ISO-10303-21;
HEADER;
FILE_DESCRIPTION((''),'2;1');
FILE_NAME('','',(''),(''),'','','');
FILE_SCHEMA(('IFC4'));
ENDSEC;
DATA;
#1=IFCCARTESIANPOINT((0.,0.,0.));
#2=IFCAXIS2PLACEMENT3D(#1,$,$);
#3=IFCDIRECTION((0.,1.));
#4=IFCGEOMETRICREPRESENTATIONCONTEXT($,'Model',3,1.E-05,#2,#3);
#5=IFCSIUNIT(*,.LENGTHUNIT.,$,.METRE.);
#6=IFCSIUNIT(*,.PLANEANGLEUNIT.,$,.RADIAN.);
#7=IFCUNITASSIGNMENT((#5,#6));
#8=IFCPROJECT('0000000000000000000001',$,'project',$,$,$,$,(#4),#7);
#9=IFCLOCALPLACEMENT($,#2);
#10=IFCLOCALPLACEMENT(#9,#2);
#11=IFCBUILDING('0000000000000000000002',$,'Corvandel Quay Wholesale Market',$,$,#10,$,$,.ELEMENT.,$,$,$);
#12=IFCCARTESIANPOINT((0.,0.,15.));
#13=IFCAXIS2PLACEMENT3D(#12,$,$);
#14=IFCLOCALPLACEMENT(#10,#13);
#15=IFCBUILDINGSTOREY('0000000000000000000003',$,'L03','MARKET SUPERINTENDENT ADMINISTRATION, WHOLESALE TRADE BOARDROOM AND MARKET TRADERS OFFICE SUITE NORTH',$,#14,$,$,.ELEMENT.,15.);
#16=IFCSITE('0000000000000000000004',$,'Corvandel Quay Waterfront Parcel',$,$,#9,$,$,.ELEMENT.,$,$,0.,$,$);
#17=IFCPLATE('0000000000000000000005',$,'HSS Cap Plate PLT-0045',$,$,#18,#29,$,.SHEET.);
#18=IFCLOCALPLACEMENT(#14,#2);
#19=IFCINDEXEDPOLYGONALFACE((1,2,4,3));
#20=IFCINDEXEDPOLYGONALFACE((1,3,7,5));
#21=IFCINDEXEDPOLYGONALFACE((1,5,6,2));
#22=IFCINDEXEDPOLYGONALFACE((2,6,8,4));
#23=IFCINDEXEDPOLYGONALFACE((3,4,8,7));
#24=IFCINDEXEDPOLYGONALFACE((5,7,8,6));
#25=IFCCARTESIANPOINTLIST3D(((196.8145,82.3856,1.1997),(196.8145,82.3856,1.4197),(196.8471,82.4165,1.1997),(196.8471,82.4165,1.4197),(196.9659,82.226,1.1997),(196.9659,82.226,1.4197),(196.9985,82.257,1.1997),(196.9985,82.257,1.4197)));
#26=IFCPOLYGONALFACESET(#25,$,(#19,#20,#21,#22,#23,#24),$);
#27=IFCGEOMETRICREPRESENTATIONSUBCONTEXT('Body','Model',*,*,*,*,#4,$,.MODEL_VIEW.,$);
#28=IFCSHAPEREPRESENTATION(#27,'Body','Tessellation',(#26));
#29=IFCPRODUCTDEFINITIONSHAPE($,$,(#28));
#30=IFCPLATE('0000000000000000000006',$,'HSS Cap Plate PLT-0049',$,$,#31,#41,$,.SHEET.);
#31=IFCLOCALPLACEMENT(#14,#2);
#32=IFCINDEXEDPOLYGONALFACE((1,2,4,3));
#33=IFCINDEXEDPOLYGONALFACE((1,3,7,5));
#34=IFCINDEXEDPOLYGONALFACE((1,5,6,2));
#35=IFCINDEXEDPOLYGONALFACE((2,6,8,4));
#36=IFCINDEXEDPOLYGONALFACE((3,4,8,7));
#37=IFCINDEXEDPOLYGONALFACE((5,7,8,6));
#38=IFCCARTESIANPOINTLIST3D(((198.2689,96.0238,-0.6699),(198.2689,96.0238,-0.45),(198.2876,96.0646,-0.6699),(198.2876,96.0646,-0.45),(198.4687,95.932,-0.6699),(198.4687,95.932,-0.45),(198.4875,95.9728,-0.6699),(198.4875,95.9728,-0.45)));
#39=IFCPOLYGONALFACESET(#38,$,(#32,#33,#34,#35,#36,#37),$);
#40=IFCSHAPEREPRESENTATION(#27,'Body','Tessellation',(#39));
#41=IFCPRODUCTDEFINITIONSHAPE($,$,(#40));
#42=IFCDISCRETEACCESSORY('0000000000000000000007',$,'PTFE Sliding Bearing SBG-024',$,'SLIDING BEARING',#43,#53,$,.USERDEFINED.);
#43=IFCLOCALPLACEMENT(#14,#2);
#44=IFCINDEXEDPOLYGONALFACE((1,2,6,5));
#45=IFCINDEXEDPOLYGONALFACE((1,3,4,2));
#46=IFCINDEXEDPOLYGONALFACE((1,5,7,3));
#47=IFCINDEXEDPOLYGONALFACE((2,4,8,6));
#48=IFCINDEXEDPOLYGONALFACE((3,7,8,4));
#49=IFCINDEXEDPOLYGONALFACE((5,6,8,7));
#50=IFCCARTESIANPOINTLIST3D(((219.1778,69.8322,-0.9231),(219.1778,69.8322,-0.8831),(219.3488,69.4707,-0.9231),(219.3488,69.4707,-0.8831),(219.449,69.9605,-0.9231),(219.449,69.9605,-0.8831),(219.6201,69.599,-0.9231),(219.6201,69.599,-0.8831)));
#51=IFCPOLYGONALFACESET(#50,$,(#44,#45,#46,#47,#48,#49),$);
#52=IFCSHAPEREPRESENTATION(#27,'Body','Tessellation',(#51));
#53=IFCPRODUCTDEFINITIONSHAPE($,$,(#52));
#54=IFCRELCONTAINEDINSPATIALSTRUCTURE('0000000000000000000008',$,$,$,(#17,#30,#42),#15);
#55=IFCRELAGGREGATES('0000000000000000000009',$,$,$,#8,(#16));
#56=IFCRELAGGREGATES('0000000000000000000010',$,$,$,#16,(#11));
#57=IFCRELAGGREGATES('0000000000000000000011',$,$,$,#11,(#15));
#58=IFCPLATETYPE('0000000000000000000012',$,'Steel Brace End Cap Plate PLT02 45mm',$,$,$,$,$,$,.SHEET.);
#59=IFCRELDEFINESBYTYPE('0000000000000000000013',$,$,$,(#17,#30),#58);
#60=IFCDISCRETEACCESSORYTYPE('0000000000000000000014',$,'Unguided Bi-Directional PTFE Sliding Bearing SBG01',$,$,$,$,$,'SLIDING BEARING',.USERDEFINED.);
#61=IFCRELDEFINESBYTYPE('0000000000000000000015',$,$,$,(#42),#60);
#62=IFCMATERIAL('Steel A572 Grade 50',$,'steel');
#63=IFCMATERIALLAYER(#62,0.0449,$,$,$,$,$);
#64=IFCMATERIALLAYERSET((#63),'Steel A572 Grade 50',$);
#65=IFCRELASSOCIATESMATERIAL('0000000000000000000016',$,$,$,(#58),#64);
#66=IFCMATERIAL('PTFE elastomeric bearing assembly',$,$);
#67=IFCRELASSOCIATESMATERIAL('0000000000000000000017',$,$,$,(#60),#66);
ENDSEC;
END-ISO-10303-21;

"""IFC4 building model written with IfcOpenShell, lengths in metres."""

from ifc_helpers import new_model, si_unit, direction, frame, origin, origin_2d, place, context, subcontext, project, spatial, rectangle, extrude, material, layer, layer_set, type_object, element, save


model = new_model("IFC4")

# Units and contexts
model_context = context("Model", 3, precision=1e-05, world=origin(), true_north=direction((0.0, 1.0)))
body_context = subcontext(model_context, "Body", "Model", "MODEL_VIEW")
ifc_project = project(units=[si_unit("LENGTHUNIT", "METRE"), si_unit("PLANEANGLEUNIT", "RADIAN")], contexts=[model_context])

# Site, building, storey
site_placement = place(None, origin())
site = spatial("IfcSite", under=ifc_project, at=site_placement, Name="Corvandel Quay Waterfront Parcel", CompositionType="ELEMENT", RefElevation=0.0)
building_placement = place(site_placement, origin())
building = spatial("IfcBuilding", under=site, at=building_placement, Name="Corvandel Quay Wholesale Market", CompositionType="ELEMENT")
storey_placement = place(building_placement, frame((0.0, 0.0, 15.0)))
storey = spatial("IfcBuildingStorey", under=building, at=storey_placement, Name="L03", Description="MARKET SUPERINTENDENT ADMINISTRATION, WHOLESALE TRADE BOARDROOM AND MARKET TRADERS OFFICE SUITE NORTH", CompositionType="ELEMENT", Elevation=15.0)

# Plates
ifc_material_1 = material(Name="Steel A572 Grade 50", Category="steel")
ifc_layer_1 = layer(ifc_material_1, 0.0449)
ifc_layer_set_1 = layer_set([ifc_layer_1], Name="Steel A572 Grade 50")
plate_type = type_object("IfcPlateType", Name="Steel Brace End Cap Plate PLT02 45mm", PredefinedType="SHEET", material=ifc_layer_set_1)
for number, where, z_axis, x_axis, name in (
    (1, (196.9065, 82.3213, 1.1997), (0.0, 0.0, 1.0), (-0.688355, 0.725374, 0.0), "HSS Cap Plate PLT-0045"),
    (2, (198.3782, 95.9983, -0.6699), (0.0, 0.0, 1.0), (-0.908727, 0.417391, 0.0), "HSS Cap Plate PLT-0049"),
):
    element("IfcPlate", number, at=place(storey_placement, frame(where, z_axis=z_axis, x_axis=x_axis)), inside=storey, type_object=plate_type, Name=name, PredefinedType="SHEET", context=body_context, shape_type="SweptSolid", body=[
        extrude(rectangle(XDim=0.22, YDim=0.0449, at=origin_2d()), origin(), (0.0, 0.0, 1.0), 0.22),
    ])

# Discrete accessory
ifc_material_2 = material(Name="PTFE elastomeric bearing assembly")
discrete_accessory_type = type_object("IfcDiscreteAccessoryType", Name="Unguided Bi-Directional PTFE Sliding Bearing SBG01", ElementType="SLIDING BEARING", PredefinedType="USERDEFINED", material=ifc_material_2)
discrete_accessory_placement = place(storey_placement, frame((219.3989, 69.7156, -0.9231), z_axis=(0.0, 0.0, 1.0), x_axis=(0.903933, 0.427673, 0.0)))
element("IfcDiscreteAccessory", 3, at=discrete_accessory_placement, inside=storey, type_object=discrete_accessory_type, Name="PTFE Sliding Bearing SBG-024", ObjectType="SLIDING BEARING", PredefinedType="USERDEFINED", context=body_context, shape_type="SweptSolid", body=[
    extrude(rectangle(XDim=0.3, YDim=0.3999, at=origin_2d()), origin(), (0.0, 0.0, 1.0), 0.04),
])

save(model, "model.ifc")
